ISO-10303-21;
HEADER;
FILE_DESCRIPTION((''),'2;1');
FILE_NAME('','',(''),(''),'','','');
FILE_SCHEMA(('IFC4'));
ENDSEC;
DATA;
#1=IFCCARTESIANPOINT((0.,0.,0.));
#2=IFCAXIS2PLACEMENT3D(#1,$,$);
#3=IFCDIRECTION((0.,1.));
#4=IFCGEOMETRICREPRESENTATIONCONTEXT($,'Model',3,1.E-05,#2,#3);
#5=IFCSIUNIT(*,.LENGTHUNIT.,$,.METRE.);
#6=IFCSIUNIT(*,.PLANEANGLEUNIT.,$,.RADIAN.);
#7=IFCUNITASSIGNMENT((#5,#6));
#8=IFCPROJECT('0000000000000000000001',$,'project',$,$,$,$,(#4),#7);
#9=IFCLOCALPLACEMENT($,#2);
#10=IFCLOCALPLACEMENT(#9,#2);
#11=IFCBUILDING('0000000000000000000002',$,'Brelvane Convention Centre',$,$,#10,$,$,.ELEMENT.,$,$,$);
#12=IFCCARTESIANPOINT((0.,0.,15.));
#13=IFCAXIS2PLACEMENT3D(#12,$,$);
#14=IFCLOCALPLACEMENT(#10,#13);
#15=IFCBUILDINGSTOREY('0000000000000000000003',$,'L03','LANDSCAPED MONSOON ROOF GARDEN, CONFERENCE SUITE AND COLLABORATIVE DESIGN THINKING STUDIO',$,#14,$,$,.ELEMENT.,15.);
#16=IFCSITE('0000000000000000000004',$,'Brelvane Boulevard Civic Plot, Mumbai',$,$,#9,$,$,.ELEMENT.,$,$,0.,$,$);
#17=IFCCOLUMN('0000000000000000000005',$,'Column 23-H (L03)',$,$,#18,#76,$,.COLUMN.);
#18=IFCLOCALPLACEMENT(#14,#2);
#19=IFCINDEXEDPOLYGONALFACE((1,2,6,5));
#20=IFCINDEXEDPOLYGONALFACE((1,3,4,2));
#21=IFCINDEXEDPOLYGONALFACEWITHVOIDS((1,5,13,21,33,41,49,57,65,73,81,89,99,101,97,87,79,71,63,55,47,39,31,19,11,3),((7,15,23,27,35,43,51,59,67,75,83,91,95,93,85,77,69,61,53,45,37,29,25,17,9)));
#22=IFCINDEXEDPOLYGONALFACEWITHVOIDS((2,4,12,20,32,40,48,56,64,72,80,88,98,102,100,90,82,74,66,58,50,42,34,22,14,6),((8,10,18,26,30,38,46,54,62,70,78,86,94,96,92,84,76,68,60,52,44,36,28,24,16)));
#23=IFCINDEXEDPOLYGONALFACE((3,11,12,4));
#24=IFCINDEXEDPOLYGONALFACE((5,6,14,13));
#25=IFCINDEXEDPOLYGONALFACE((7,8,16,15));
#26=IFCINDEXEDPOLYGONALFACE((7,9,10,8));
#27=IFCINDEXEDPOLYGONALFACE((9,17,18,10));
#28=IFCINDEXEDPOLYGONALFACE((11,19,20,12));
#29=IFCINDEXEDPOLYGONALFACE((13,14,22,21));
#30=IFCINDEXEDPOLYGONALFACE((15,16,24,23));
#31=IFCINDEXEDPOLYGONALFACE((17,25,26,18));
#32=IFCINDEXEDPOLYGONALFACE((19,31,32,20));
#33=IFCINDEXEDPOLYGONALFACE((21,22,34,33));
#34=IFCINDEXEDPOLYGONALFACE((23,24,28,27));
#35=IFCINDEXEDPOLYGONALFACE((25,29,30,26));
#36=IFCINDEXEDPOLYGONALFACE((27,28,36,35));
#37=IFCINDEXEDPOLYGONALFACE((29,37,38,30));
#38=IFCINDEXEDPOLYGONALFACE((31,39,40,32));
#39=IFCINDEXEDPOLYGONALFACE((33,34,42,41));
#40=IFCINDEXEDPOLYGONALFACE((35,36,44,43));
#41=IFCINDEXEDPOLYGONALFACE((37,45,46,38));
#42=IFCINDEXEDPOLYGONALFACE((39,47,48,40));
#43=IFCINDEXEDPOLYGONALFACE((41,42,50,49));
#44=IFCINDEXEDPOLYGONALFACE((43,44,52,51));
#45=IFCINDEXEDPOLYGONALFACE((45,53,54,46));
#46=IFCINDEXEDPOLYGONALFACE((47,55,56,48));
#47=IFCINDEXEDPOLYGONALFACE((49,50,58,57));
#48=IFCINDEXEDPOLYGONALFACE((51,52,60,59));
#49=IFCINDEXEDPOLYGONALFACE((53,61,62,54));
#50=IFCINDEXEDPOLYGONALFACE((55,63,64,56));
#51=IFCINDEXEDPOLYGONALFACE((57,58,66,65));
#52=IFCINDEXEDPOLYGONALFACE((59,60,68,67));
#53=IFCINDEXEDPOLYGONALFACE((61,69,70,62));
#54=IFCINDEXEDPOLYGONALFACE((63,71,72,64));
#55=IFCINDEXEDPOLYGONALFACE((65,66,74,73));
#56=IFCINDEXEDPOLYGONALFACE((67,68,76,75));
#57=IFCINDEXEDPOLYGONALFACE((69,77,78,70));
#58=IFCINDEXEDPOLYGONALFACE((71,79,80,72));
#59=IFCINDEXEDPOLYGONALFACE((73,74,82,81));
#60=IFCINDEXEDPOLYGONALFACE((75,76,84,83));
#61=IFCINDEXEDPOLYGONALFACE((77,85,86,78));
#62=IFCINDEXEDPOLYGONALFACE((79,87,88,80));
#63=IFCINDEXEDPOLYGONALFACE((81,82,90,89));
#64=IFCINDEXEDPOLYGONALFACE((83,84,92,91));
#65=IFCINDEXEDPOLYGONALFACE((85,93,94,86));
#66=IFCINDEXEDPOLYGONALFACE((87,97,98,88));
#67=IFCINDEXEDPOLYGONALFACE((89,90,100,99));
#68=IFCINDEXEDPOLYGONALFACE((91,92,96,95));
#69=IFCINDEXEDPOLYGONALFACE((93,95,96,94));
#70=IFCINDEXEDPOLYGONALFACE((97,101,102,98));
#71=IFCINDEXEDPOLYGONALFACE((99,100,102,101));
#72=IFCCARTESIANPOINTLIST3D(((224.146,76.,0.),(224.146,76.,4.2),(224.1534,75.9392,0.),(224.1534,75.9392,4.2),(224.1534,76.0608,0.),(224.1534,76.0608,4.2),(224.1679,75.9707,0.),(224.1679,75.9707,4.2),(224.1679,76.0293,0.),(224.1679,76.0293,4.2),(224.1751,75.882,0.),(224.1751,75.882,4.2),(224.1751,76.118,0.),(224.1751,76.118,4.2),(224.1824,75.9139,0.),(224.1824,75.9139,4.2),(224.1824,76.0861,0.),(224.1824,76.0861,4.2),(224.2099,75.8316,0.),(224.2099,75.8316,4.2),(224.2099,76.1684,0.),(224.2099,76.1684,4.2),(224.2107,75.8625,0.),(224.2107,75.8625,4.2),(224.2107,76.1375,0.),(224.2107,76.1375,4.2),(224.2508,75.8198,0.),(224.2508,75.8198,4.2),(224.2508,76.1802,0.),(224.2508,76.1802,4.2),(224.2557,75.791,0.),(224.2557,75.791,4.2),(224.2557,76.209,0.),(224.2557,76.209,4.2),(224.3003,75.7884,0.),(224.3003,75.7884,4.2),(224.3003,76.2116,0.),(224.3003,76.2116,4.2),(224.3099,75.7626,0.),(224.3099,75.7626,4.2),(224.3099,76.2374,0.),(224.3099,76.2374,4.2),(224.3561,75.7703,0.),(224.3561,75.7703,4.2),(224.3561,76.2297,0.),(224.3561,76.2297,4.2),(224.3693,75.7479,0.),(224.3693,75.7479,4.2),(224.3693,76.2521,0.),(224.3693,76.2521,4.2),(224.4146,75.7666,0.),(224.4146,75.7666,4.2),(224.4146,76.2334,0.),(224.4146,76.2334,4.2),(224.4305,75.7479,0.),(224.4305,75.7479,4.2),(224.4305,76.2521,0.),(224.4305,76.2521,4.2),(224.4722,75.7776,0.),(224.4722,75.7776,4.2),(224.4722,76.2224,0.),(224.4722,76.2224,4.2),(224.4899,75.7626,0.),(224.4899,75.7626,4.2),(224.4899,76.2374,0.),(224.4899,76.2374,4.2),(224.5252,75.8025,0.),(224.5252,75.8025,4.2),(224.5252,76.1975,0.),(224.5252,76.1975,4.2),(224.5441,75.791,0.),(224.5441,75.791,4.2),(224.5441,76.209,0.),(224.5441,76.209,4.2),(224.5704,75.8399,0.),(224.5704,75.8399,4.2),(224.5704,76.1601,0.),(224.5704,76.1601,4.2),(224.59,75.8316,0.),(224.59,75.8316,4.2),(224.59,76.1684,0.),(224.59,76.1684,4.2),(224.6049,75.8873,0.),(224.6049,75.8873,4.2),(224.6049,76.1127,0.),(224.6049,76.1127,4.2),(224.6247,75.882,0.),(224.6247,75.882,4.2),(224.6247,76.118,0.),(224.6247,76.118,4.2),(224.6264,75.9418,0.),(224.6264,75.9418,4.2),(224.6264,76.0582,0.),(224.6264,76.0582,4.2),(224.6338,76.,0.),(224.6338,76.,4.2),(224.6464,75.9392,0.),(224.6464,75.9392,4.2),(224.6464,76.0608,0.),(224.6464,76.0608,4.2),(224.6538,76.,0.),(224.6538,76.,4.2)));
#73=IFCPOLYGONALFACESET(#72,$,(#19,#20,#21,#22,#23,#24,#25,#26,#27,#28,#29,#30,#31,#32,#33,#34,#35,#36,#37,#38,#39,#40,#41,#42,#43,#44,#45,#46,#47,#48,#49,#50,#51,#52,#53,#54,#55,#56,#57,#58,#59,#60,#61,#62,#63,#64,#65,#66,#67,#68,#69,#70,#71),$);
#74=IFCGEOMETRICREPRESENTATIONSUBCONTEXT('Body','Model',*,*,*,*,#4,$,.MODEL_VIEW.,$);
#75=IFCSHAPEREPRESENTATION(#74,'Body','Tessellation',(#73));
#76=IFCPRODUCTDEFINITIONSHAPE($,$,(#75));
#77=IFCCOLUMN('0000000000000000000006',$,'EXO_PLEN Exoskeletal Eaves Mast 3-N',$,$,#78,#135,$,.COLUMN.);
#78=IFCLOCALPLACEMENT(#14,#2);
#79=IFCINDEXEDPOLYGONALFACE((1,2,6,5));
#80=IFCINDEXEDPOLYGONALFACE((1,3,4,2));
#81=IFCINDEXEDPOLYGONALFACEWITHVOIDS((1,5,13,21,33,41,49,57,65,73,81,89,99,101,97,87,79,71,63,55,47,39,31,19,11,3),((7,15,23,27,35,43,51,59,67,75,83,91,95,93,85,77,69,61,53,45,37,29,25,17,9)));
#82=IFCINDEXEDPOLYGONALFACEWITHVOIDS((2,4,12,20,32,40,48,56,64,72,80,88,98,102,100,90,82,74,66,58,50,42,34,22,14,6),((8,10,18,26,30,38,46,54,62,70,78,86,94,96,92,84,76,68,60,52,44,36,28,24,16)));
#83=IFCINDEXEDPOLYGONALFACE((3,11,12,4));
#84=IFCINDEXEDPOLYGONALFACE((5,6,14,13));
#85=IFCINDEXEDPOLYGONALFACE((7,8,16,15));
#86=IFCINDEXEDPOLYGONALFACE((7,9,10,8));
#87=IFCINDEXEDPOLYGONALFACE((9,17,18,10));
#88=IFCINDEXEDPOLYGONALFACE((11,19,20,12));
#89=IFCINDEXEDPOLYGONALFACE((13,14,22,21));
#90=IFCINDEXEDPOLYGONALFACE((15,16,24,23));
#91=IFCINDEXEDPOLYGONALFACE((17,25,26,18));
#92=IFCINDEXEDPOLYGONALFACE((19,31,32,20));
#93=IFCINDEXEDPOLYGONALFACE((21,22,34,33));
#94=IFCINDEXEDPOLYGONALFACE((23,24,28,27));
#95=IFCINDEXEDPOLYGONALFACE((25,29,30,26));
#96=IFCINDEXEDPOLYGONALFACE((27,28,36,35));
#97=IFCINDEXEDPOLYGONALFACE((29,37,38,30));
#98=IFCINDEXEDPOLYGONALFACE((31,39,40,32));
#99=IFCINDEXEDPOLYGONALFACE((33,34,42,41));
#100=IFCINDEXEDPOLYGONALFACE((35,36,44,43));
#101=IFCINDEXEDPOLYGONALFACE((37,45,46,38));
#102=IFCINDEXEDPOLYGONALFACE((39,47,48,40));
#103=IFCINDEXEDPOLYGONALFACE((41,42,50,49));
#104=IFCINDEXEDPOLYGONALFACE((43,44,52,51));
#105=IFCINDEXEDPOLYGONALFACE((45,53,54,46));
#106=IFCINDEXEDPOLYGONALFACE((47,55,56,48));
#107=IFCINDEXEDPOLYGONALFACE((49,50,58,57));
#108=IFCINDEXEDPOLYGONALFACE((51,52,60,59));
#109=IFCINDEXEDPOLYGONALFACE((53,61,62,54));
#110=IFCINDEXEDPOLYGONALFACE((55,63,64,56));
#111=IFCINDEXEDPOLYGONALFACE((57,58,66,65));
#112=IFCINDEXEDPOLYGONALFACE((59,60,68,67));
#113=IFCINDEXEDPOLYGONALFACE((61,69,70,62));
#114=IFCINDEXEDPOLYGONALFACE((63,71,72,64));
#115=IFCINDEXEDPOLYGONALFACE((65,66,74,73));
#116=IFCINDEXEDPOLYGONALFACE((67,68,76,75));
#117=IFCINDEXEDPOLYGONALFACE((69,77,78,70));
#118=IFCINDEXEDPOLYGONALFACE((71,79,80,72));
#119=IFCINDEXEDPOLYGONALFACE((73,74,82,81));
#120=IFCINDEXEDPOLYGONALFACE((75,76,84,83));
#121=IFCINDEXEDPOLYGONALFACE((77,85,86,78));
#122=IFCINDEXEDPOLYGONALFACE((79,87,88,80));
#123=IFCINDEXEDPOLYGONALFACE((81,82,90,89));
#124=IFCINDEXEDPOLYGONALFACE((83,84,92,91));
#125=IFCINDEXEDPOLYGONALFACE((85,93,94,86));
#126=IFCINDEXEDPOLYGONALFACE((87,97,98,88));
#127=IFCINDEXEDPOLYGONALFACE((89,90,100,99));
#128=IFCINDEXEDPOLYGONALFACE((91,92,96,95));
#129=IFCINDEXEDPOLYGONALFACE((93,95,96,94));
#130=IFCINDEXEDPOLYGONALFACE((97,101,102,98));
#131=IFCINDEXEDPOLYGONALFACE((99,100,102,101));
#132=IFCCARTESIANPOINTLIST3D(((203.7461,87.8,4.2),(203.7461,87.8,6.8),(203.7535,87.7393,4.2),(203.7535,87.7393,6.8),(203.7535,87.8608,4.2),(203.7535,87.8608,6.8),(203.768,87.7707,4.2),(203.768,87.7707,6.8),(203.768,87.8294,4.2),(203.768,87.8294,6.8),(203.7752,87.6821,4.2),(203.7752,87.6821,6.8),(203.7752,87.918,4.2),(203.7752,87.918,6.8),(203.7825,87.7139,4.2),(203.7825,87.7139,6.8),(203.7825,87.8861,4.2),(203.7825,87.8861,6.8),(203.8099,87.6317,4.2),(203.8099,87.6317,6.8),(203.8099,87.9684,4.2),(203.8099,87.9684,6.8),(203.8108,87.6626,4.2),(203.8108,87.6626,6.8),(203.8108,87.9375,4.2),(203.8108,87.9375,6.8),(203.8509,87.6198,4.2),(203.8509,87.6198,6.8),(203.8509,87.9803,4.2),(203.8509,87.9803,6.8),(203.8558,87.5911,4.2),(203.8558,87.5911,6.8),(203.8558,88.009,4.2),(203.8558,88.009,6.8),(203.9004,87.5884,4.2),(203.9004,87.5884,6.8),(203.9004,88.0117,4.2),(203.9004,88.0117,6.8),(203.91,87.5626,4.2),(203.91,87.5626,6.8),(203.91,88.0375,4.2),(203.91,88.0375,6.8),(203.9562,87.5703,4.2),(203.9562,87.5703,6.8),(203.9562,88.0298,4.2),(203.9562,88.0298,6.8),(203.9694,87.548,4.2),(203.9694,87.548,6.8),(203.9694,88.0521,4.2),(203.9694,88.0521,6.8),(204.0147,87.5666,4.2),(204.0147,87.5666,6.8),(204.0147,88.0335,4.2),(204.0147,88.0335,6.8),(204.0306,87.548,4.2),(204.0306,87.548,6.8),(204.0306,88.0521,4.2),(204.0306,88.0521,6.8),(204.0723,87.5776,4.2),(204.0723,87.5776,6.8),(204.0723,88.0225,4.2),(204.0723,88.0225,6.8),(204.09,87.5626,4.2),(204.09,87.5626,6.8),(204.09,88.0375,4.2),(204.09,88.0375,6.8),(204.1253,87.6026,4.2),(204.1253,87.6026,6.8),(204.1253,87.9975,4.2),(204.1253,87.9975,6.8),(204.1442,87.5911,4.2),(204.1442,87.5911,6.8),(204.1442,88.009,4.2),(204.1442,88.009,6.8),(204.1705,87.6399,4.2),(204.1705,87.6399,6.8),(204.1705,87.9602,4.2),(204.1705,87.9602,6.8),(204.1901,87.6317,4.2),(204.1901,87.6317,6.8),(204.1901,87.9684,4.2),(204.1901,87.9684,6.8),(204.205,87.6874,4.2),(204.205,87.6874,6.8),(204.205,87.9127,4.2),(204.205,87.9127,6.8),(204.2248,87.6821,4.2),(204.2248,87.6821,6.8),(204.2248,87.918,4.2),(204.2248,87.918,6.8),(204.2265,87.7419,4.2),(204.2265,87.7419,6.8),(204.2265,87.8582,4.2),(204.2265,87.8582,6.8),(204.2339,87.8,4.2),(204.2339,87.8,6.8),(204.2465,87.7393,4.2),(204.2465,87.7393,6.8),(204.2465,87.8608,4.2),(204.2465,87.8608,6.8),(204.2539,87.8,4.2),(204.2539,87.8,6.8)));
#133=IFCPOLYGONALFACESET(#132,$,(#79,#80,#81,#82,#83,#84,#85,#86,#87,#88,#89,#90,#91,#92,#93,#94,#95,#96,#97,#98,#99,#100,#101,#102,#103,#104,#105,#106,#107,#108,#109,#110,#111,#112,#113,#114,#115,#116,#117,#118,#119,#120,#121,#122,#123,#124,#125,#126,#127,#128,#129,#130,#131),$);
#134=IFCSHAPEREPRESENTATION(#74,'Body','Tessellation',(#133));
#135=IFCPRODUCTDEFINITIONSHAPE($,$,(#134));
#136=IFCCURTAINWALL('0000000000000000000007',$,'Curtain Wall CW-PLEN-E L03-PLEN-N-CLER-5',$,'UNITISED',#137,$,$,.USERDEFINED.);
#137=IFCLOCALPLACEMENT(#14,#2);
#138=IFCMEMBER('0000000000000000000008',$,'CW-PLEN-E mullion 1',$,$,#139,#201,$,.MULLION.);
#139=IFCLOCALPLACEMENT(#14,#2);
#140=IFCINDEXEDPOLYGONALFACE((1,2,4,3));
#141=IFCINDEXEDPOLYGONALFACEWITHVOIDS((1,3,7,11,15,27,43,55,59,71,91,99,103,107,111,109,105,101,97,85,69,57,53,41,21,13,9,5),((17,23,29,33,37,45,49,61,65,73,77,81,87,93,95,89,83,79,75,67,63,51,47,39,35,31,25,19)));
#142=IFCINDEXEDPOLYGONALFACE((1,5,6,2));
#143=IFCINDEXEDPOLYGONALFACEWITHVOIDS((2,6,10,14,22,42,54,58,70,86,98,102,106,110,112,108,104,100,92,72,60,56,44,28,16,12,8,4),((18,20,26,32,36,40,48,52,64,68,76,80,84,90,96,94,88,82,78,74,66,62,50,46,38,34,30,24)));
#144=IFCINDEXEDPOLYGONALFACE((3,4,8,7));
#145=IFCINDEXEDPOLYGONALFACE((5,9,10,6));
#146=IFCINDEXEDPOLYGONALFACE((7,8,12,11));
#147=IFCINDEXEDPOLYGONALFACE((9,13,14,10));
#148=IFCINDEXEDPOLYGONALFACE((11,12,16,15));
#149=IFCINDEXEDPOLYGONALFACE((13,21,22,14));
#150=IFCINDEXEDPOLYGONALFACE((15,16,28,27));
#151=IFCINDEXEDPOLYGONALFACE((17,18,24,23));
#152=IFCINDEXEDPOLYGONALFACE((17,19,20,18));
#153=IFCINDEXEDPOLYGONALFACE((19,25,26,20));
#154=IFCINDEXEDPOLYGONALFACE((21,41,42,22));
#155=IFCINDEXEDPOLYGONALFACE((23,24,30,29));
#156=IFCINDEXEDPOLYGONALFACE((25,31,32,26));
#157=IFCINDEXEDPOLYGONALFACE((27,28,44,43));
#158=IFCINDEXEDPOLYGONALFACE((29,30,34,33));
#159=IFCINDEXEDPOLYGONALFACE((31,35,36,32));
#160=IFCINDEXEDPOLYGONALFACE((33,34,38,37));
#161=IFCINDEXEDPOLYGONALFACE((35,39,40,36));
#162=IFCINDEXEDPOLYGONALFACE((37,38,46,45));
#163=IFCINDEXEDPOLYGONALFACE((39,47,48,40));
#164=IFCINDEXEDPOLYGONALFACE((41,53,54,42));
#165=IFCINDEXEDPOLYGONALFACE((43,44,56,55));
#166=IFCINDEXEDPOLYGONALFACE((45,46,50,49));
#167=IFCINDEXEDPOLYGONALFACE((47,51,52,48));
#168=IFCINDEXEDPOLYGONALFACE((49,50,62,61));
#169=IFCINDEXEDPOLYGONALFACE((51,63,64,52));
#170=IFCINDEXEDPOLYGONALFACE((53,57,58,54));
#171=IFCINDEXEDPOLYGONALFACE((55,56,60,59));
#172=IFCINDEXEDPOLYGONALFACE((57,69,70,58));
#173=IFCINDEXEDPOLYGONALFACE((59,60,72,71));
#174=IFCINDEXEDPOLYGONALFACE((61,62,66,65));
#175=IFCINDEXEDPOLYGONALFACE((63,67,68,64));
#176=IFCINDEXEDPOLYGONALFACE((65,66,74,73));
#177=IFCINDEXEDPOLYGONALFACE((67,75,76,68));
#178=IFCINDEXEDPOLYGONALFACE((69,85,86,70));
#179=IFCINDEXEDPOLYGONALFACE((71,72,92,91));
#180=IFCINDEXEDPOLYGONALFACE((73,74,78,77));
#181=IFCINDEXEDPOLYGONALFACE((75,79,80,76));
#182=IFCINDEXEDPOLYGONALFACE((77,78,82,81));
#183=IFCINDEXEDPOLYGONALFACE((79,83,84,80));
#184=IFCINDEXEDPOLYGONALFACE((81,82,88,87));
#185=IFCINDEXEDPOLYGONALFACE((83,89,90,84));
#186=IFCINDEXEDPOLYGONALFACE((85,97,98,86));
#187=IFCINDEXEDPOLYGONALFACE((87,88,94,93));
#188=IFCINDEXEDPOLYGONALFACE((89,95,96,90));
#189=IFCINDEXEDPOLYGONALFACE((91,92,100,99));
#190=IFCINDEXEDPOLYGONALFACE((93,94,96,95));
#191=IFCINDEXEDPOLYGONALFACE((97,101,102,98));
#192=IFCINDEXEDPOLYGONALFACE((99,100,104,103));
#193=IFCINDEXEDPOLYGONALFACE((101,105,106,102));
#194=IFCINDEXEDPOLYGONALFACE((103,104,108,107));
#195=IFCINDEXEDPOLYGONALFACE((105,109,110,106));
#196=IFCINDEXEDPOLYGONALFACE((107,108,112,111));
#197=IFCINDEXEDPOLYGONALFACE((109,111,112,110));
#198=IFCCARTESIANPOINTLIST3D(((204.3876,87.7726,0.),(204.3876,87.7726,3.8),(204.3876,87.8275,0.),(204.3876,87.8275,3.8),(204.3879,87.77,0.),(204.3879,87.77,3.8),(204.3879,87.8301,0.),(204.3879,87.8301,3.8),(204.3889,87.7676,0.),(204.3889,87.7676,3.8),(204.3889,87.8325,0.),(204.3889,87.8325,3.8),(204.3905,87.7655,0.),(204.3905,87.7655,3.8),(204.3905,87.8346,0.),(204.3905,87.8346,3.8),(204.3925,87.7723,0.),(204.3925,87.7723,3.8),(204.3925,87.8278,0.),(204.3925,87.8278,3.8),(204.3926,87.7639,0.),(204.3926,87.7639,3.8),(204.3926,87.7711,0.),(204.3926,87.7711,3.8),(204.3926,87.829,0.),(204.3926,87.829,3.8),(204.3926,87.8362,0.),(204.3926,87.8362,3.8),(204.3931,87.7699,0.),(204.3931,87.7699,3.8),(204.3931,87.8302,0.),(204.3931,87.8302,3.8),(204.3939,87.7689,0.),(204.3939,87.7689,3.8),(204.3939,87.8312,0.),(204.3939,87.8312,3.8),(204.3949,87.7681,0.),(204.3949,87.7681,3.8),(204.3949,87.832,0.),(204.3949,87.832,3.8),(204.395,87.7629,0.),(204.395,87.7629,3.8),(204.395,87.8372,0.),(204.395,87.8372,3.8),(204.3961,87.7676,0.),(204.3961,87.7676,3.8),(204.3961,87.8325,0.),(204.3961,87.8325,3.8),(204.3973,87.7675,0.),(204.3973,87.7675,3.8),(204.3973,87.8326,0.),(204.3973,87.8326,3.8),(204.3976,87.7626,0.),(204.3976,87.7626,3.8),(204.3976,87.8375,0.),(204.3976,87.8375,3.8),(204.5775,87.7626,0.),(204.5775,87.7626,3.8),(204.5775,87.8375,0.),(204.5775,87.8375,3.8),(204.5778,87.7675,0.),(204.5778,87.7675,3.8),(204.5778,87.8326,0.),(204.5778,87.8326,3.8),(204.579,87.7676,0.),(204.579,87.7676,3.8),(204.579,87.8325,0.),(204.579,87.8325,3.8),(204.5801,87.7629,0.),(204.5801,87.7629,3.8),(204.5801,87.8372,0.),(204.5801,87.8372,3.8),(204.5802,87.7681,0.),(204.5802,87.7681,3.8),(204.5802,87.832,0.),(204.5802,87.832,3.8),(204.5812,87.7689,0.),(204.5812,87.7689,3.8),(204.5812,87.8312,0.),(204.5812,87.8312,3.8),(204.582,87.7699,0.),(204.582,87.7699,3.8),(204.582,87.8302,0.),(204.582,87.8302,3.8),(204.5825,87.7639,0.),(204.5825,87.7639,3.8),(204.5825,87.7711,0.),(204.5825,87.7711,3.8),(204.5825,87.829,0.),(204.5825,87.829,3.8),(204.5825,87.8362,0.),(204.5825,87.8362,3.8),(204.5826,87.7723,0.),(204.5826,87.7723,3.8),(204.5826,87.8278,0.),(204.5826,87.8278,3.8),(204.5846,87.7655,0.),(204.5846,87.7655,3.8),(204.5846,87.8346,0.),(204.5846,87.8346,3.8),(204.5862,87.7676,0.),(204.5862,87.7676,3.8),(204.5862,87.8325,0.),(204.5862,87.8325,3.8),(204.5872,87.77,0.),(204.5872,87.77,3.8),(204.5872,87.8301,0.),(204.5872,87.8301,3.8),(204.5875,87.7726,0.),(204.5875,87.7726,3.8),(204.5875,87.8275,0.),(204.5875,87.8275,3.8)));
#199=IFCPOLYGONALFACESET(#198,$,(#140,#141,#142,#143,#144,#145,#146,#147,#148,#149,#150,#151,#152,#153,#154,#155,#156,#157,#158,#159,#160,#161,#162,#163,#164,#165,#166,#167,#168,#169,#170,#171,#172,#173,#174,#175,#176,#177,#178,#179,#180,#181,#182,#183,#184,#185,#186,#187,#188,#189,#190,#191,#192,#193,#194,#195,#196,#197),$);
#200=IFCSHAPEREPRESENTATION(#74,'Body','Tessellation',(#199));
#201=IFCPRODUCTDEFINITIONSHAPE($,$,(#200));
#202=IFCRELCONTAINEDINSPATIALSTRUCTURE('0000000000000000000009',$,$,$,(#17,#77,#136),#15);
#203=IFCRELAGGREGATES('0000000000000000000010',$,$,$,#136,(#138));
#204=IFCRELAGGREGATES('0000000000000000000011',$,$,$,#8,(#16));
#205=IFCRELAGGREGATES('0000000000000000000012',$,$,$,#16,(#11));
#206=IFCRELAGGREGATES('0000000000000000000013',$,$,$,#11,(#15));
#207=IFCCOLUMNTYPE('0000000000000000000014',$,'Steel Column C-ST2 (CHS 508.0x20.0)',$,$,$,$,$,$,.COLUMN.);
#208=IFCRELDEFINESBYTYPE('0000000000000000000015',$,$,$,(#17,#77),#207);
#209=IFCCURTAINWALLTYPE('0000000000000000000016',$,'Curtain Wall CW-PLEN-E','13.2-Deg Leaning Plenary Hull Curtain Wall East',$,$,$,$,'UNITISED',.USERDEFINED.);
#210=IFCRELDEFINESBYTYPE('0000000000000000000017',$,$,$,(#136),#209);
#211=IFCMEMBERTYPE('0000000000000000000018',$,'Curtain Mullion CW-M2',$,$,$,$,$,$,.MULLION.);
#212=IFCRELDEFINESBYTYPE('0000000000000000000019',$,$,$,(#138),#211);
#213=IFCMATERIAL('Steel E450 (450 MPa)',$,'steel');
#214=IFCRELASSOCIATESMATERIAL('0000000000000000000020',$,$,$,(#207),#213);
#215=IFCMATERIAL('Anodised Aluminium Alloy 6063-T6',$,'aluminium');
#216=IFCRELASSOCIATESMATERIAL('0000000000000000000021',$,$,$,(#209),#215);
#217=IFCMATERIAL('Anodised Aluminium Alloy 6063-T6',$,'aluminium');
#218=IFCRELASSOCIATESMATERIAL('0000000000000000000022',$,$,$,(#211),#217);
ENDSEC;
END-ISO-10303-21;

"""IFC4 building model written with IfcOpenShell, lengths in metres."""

from ifc_helpers import new_model, si_unit, direction, frame, origin, origin_2d, place, context, subcontext, project, spatial, hollow_rectangle, hollow_circle, extrude, material, material_profile, profile_set, type_object, element, aggregate, save


model = new_model("IFC4")

# Units and contexts
model_context = context("Model", 3, precision=1e-05, world=origin(), true_north=direction((0.0, 1.0)))
body_context = subcontext(model_context, "Body", "Model", "MODEL_VIEW")
ifc_project = project(units=[si_unit("LENGTHUNIT", "METRE"), si_unit("PLANEANGLEUNIT", "RADIAN")], contexts=[model_context])

# Site, building, storey
site_placement = place(None, origin())
site = spatial("IfcSite", under=ifc_project, at=site_placement, Name="Brelvane Boulevard Civic Plot, Mumbai", CompositionType="ELEMENT", RefElevation=0.0)
building_placement = place(site_placement, origin())
building = spatial("IfcBuilding", under=site, at=building_placement, Name="Brelvane Convention Centre", CompositionType="ELEMENT")
storey_placement = place(building_placement, frame((0.0, 0.0, 15.0)))
storey = spatial("IfcBuildingStorey", under=building, at=storey_placement, Name="L03", Description="LANDSCAPED MONSOON ROOF GARDEN, CONFERENCE SUITE AND COLLABORATIVE DESIGN THINKING STUDIO", CompositionType="ELEMENT", Elevation=15.0)

# Columns
ifc_material_1 = material(Name="Steel E450 (450 MPa)", Category="steel")
ifc_material_profile_1 = material_profile(ifc_material_1, hollow_circle(Radius=0.2539, WallThickness=0.02, at=origin_2d()), Name="CHS 508.0x20.0")
ifc_profile_set_1 = profile_set([ifc_material_profile_1], Name="Steel E450 (450 MPa)")
column_type = type_object("IfcColumnType", Name="Steel Column C-ST2 (CHS 508.0x20.0)", PredefinedType="COLUMN", material=ifc_profile_set_1)
column_1_placement = place(storey_placement, frame((224.3999, 76.0, 0.0), z_axis=(0.0, 0.0, 1.0), x_axis=(1.0, 0.0, 0.0)))
element("IfcColumn", 1, at=column_1_placement, inside=storey, type_object=column_type, Name="Column 23-H (L03)", PredefinedType="COLUMN", context=body_context, shape_type="SweptSolid", body=[
    extrude(hollow_circle(Radius=0.2539, WallThickness=0.02, at=origin_2d()), origin(), (0.0, 0.0, 1.0), 4.2),
])
column_2_placement = place(storey_placement, frame((204.0, 87.8, 4.2), z_axis=(0.0, 0.0, 1.0), x_axis=(1.0, 0.0, 0.0)))
element("IfcColumn", 2, at=column_2_placement, inside=storey, type_object=column_type, Name="EXO_PLEN Exoskeletal Eaves Mast 3-N", PredefinedType="COLUMN", context=body_context, shape_type="SweptSolid", body=[
    extrude(hollow_circle(Radius=0.2539, WallThickness=0.02, at=origin_2d()), origin(), (0.0, 0.0, 1.0), 2.6001),
])

# Curtain wall, member
ifc_material_2 = material(Name="Anodised Aluminium Alloy 6063-T6", Category="aluminium")
curtain_wall_type = type_object("IfcCurtainWallType", Name="Curtain Wall CW-PLEN-E", Description="13.2-Deg Leaning Plenary Hull Curtain Wall East", ElementType="UNITISED", PredefinedType="USERDEFINED", material=ifc_material_2)
curtain_wall_placement = place(storey_placement, origin())
curtain_wall = element("IfcCurtainWall", 3, at=curtain_wall_placement, inside=storey, type_object=curtain_wall_type, Name="Curtain Wall CW-PLEN-E L03-PLEN-N-CLER-5", ObjectType="UNITISED", PredefinedType="USERDEFINED")
ifc_material_3 = material(Name="Anodised Aluminium Alloy 6063-T6", Category="aluminium")
ifc_material_profile_2 = material_profile(ifc_material_3, hollow_rectangle(XDim=0.075, YDim=0.2, WallThickness=0.0049, InnerFilletRadius=0.0049, OuterFilletRadius=0.01, at=origin_2d()), Name="ALU-M 200x75x5.0")
ifc_profile_set_2 = profile_set([ifc_material_profile_2], Name="Anodised Aluminium Alloy 6063-T6")
member_type_1 = type_object("IfcMemberType", Name="Curtain Mullion CW-M2", PredefinedType="MULLION", material=ifc_profile_set_2)
member_1_placement = place(storey_placement, frame((204.4875, 87.8, 0.0), z_axis=(0.0, 0.0, 1.0), x_axis=(0.0, 1.0, 0.0)))
member_1 = element("IfcMember", 4, at=member_1_placement, type_object=member_type_1, Name="CW-PLEN-E mullion 1", PredefinedType="MULLION", context=body_context, shape_type="SweptSolid", body=[
    extrude(hollow_rectangle(XDim=0.075, YDim=0.2, WallThickness=0.0049, InnerFilletRadius=0.0049, OuterFilletRadius=0.01, at=origin_2d()), origin(), (0.0, 0.0, 1.0), 3.8),
])

aggregate(curtain_wall, [member_1])

save(model, "model.ifc")
